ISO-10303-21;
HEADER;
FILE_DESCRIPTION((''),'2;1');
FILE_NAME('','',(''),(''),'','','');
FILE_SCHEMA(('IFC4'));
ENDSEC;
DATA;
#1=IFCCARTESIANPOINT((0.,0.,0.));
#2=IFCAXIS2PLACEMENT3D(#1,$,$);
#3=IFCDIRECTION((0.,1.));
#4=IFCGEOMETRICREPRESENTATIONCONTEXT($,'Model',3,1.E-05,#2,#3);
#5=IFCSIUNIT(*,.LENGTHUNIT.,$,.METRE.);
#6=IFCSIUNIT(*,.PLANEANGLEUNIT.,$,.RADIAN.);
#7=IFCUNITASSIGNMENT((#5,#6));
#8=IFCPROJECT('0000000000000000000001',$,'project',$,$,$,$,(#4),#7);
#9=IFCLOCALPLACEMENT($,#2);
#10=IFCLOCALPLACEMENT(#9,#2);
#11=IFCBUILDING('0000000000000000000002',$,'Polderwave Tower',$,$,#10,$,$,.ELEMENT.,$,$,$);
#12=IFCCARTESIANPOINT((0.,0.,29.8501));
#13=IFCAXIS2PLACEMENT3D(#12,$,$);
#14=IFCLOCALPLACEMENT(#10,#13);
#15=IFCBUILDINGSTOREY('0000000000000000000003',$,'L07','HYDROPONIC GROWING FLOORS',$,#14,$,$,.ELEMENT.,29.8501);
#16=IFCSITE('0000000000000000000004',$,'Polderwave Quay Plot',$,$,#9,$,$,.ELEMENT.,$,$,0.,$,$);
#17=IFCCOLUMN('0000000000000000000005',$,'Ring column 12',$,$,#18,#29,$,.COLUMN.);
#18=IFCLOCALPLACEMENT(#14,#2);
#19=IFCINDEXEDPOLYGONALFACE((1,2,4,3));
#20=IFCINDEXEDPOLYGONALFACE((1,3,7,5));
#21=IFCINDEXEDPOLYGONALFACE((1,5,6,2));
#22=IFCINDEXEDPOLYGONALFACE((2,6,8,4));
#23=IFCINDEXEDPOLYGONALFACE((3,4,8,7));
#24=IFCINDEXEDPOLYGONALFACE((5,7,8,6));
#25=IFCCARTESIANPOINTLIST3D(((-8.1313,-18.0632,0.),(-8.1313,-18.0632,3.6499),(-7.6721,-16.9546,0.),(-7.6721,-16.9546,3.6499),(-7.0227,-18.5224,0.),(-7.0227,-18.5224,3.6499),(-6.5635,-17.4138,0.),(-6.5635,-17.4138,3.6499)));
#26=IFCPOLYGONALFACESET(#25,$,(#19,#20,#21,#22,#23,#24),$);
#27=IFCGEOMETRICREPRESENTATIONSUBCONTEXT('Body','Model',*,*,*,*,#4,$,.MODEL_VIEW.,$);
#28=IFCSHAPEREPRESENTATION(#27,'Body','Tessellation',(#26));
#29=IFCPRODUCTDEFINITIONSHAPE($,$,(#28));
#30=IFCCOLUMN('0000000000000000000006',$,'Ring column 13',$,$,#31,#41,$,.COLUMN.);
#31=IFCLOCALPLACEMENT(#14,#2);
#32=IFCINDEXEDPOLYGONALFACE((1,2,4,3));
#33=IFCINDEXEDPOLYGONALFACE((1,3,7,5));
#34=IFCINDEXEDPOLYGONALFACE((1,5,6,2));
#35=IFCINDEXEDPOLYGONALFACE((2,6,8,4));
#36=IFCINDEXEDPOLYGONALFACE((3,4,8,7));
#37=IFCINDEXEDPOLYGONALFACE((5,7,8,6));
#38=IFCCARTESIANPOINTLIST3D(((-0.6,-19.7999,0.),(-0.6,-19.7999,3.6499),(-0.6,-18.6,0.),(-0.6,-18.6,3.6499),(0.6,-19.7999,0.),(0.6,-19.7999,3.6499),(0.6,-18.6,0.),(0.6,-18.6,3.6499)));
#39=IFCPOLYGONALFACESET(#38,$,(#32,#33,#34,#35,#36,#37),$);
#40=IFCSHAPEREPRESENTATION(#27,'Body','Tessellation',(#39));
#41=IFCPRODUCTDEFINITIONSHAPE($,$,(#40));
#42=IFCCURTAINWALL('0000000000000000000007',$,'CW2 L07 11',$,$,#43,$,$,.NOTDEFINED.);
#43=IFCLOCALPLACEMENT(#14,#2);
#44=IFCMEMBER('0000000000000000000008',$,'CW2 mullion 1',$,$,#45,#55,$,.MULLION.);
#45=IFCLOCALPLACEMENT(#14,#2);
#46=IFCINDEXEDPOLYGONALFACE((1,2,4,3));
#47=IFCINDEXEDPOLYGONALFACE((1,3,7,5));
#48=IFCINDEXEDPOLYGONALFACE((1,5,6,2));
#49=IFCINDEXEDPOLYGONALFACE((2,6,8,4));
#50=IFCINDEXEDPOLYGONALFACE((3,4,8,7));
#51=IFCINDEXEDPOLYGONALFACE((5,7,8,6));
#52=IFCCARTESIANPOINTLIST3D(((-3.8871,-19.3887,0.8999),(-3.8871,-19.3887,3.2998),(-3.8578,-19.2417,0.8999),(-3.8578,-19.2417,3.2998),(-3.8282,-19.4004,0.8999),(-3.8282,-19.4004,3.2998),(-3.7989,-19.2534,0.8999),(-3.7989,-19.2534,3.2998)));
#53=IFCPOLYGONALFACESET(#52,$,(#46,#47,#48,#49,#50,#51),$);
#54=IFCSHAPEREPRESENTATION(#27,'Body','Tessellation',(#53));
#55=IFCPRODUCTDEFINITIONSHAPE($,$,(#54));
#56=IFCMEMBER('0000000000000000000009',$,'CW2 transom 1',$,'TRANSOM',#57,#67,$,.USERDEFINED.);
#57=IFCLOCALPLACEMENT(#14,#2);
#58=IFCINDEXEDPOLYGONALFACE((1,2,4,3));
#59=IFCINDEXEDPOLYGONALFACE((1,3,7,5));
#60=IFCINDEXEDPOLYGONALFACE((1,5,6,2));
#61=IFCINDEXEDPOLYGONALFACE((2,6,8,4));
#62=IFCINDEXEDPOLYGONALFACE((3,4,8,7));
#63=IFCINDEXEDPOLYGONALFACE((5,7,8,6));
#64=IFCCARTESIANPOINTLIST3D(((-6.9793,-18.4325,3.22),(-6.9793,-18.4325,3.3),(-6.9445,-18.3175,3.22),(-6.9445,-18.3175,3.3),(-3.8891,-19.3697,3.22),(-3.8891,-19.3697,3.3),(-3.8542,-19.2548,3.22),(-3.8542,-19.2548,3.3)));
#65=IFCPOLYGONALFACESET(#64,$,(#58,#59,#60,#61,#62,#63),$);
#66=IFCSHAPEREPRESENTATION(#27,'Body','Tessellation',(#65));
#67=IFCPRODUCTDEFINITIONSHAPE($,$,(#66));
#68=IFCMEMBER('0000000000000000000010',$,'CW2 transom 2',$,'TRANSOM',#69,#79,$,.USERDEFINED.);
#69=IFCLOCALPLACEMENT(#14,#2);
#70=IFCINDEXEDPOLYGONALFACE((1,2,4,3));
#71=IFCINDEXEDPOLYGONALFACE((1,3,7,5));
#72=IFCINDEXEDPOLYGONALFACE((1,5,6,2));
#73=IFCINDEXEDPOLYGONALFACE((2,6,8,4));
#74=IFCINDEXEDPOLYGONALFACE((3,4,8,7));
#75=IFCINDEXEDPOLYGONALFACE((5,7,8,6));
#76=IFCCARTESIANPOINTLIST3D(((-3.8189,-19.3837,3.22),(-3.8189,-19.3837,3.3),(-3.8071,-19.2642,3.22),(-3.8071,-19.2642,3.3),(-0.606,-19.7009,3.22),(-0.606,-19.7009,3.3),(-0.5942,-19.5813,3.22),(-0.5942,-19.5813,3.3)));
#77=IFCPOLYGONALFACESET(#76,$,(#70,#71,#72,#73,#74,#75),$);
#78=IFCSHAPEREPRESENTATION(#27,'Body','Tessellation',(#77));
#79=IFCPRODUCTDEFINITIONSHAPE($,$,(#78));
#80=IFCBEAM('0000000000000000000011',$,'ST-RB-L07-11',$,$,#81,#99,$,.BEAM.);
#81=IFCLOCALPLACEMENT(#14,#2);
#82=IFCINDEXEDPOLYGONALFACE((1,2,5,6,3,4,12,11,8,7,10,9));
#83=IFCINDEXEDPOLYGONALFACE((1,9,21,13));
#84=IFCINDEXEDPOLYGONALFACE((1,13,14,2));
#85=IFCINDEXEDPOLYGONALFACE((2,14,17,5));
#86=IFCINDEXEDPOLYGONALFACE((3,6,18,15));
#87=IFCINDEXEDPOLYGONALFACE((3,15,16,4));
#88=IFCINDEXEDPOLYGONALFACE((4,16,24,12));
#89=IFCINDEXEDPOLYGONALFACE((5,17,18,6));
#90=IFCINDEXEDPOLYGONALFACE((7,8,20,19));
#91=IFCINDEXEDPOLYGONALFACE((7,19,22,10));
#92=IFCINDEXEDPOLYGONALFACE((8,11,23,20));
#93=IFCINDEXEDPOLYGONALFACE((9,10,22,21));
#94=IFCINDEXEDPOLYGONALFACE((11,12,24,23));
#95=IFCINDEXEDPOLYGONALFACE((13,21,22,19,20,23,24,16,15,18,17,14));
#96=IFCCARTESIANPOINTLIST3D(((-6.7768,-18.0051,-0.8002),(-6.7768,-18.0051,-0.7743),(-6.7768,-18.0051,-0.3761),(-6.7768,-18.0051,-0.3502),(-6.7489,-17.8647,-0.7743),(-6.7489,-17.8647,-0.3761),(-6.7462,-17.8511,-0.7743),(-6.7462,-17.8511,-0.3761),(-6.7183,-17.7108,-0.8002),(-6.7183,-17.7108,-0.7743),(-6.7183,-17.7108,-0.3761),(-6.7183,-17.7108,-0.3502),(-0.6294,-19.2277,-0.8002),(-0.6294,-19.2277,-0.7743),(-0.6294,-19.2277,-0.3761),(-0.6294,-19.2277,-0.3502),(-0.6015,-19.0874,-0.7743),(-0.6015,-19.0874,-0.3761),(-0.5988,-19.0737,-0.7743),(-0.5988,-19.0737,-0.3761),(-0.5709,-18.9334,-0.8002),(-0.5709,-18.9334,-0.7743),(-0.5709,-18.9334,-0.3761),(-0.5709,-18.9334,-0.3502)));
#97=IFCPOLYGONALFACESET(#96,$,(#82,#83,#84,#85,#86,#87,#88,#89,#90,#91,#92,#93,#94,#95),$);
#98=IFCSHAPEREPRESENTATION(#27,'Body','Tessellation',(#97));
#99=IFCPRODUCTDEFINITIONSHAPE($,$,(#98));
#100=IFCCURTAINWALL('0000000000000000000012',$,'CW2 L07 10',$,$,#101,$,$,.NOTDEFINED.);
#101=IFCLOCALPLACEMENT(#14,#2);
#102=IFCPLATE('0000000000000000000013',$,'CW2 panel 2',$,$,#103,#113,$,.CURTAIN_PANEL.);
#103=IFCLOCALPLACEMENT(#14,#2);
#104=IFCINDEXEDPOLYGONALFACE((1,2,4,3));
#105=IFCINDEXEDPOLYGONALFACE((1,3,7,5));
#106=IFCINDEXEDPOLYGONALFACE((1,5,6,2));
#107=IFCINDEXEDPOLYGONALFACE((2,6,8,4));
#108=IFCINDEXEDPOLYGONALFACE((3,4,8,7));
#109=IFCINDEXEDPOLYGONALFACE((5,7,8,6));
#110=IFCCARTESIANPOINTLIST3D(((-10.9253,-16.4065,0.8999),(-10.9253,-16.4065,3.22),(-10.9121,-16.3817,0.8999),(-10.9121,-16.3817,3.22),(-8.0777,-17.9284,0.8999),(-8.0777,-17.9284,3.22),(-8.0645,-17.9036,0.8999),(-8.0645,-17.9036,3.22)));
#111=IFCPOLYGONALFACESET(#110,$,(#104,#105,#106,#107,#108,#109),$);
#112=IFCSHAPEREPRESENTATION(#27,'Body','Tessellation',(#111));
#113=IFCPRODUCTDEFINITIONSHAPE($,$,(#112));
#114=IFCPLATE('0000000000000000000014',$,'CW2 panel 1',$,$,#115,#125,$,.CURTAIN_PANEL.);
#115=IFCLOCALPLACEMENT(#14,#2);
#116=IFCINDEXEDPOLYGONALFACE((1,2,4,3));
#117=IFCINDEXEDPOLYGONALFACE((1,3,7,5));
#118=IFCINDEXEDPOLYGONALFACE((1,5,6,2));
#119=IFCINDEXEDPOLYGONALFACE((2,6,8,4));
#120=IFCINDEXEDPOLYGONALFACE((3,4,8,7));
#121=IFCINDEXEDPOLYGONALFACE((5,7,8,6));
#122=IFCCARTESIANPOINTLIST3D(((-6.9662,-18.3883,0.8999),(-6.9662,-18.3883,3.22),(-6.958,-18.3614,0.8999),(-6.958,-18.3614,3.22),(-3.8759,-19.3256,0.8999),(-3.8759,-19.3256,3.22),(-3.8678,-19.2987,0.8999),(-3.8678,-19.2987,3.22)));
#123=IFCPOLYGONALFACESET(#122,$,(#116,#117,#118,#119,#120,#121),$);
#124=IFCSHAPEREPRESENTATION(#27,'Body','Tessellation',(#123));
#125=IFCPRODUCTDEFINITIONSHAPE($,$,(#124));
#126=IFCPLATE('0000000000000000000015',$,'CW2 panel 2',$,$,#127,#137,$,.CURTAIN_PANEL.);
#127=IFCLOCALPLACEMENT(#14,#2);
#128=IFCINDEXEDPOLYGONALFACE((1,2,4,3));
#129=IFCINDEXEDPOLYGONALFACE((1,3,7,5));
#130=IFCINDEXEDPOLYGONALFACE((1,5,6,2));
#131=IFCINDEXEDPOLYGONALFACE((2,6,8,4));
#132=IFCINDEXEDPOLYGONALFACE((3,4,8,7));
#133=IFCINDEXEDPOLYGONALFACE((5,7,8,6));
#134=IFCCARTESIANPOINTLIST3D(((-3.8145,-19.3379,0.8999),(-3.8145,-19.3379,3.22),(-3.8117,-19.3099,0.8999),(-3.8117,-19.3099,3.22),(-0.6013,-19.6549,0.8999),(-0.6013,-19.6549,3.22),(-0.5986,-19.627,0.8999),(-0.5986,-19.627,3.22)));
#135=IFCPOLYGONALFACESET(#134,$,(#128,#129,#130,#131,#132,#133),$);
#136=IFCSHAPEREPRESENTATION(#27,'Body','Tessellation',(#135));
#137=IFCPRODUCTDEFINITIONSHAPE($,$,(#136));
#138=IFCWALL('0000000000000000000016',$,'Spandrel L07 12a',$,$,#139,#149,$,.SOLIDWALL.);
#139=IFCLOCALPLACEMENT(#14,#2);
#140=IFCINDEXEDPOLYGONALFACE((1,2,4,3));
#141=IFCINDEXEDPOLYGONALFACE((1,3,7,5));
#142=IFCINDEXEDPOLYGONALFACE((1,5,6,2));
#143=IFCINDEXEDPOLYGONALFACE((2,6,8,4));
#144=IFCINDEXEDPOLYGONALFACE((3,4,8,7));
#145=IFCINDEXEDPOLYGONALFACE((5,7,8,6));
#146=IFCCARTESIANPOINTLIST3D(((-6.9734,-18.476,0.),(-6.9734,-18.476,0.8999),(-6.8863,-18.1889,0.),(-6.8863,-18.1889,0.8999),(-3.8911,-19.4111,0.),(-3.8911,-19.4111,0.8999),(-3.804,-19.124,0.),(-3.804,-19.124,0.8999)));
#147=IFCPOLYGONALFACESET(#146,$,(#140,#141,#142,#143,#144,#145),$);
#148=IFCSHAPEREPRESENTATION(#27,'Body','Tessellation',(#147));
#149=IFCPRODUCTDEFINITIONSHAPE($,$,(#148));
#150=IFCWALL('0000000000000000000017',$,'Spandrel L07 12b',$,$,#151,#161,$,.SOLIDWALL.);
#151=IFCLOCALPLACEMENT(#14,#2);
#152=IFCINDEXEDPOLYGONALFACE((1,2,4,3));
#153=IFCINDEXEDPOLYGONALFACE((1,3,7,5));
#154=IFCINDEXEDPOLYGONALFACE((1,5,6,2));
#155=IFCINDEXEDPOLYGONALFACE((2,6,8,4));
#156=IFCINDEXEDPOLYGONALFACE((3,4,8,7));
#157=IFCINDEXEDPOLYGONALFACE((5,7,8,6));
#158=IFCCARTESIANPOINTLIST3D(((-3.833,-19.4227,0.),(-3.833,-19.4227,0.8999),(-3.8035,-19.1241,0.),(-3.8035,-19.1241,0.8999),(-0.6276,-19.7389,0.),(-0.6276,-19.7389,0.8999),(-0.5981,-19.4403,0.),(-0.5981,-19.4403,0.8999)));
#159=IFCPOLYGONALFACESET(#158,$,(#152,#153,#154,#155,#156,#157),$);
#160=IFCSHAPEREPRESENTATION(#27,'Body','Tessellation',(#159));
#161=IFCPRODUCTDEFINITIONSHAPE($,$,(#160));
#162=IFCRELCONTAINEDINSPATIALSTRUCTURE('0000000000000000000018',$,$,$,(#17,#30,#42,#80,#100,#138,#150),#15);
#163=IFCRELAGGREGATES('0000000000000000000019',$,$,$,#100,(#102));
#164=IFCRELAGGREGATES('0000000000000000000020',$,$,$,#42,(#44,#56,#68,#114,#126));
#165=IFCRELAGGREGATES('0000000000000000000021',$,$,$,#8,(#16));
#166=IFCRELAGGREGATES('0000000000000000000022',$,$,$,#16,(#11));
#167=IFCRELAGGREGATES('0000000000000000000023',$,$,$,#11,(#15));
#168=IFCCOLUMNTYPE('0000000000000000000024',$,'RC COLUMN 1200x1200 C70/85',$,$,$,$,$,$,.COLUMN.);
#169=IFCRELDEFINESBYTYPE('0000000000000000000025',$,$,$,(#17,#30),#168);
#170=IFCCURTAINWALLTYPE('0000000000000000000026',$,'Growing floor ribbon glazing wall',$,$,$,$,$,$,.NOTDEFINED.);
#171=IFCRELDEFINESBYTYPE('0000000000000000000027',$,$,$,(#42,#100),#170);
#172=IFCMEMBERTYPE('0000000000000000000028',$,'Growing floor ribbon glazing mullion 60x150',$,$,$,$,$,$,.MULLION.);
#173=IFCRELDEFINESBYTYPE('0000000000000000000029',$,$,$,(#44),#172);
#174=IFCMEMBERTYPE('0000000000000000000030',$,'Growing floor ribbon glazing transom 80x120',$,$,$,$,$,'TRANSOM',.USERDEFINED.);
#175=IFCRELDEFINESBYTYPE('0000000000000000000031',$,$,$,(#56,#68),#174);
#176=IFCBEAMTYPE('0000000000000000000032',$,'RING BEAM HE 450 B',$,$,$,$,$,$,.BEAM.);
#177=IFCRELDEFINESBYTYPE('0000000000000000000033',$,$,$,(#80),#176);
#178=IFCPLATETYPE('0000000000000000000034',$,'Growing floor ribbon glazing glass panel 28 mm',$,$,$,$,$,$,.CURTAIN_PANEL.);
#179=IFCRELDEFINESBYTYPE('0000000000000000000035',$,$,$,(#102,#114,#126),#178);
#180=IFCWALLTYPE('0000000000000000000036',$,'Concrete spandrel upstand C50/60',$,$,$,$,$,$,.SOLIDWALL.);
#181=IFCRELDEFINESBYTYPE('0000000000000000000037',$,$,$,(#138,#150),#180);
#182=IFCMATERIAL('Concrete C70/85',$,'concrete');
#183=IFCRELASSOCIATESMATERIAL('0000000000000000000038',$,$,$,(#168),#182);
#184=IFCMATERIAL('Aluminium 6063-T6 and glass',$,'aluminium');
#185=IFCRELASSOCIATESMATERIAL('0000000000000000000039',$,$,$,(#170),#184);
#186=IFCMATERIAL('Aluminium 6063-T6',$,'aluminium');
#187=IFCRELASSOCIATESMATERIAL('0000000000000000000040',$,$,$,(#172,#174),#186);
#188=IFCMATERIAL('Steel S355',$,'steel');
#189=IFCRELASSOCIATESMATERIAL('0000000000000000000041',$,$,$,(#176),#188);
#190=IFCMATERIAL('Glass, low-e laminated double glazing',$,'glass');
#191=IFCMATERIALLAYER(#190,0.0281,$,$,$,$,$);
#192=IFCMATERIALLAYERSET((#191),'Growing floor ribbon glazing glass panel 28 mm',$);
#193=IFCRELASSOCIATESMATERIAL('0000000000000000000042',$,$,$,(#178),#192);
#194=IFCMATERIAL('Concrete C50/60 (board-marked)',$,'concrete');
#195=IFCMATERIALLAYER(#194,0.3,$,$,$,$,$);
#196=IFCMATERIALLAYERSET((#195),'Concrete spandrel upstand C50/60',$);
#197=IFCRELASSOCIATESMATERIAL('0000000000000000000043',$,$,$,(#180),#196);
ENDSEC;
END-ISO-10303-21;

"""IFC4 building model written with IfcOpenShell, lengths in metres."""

from ifc_helpers import new_model, si_unit, direction, frame, frame_2d, origin, origin_2d, place, context, subcontext, project, spatial, rectangle, i_section, extrude, material, layer, layer_set, material_profile, profile_set, type_object, element, aggregate, save


model = new_model("IFC4")

# Units and contexts
model_context = context("Model", 3, precision=1e-05, world=origin(), true_north=direction((0.0, 1.0)))
body_context = subcontext(model_context, "Body", "Model", "MODEL_VIEW")
ifc_project = project(units=[si_unit("LENGTHUNIT", "METRE"), si_unit("PLANEANGLEUNIT", "RADIAN")], contexts=[model_context])

# Site, building, storey
site_placement = place(None, origin())
site = spatial("IfcSite", under=ifc_project, at=site_placement, Name="Polderwave Quay Plot", CompositionType="ELEMENT", RefElevation=0.0)
building_placement = place(site_placement, origin())
building = spatial("IfcBuilding", under=site, at=building_placement, Name="Polderwave Tower", CompositionType="ELEMENT")
storey_placement = place(building_placement, frame((0.0, 0.0, 29.8501)))
storey = spatial("IfcBuildingStorey", under=building, at=storey_placement, Name="L07", Description="HYDROPONIC GROWING FLOORS", CompositionType="ELEMENT", Elevation=29.8501)

# Columns
ifc_material_1 = material(Name="Concrete C70/85", Category="concrete")
ifc_material_profile_1 = material_profile(ifc_material_1, rectangle(XDim=1.2, YDim=1.2, at=origin_2d()), Name="RC 1200x1200")
ifc_profile_set_1 = profile_set([ifc_material_profile_1], Name="Concrete C70/85")
column_type = type_object("IfcColumnType", Name="RC COLUMN 1200x1200 C70/85", PredefinedType="COLUMN", material=ifc_profile_set_1)
for number, where, z_axis, x_axis, name in (
    (1, (-7.3474, -17.7385, 0.0), (0.0, 0.0, 1.0), (-0.382683, -0.92388, 0.0), "Ring column 12"),
    (2, (0.0, -19.2, 0.0), (0.0, 0.0, 1.0), (0.0, -1.0, 0.0), "Ring column 13"),
):
    element("IfcColumn", number, at=place(storey_placement, frame(where, z_axis=z_axis, x_axis=x_axis)), inside=storey, type_object=column_type, Name=name, PredefinedType="COLUMN", context=body_context, shape_type="SweptSolid", body=[
        extrude(rectangle(XDim=1.2, YDim=1.2, at=origin_2d()), origin(), (0.0, 0.0, 1.0), 3.6499),
    ])

# Curtain wall, members
ifc_material_2 = material(Name="Aluminium 6063-T6 and glass", Category="aluminium")
curtain_wall_type = type_object("IfcCurtainWallType", Name="Growing floor ribbon glazing wall", PredefinedType="NOTDEFINED", material=ifc_material_2)
curtain_wall_1_placement = place(storey_placement, origin())
curtain_wall_1 = element("IfcCurtainWall", 3, at=curtain_wall_1_placement, inside=storey, type_object=curtain_wall_type, Name="CW2 L07 11", PredefinedType="NOTDEFINED")
ifc_material_3 = material(Name="Aluminium 6063-T6", Category="aluminium")
ifc_material_profile_2 = material_profile(ifc_material_3, rectangle(XDim=0.1499, YDim=0.0601, at=origin_2d()), Name="AL 60x150")
ifc_profile_set_2 = profile_set([ifc_material_profile_2], Name="Aluminium 6063-T6")
member_type_1 = type_object("IfcMemberType", Name="Growing floor ribbon glazing mullion 60x150", PredefinedType="MULLION", material=ifc_profile_set_2)
member_1_placement = place(storey_placement, frame((-3.843, -19.321, 0.8999), z_axis=(0.0, 0.0, 1.0), x_axis=(0.195159, 0.980772, 0.0)))
member_1 = element("IfcMember", 4, at=member_1_placement, type_object=member_type_1, Name="CW2 mullion 1", PredefinedType="MULLION", context=body_context, shape_type="SweptSolid", body=[
    extrude(rectangle(XDim=0.1499, YDim=0.0601, at=origin_2d()), origin(), (0.0, 0.0, 1.0), 2.3999),
])
ifc_material_profile_3 = material_profile(ifc_material_3, rectangle(XDim=0.1201, YDim=0.0801, at=origin_2d()), Name="AL 80x120")
ifc_profile_set_3 = profile_set([ifc_material_profile_3], Name="Aluminium 6063-T6")
member_type_2 = type_object("IfcMemberType", Name="Growing floor ribbon glazing transom 80x120", ElementType="TRANSOM", PredefinedType="USERDEFINED", material=ifc_profile_set_3)
member_2_placement = place(storey_placement, frame((-6.9619, -18.375, 3.26), z_axis=(0.956956, -0.290232, 0.0), x_axis=(0.290232, 0.956956, 0.0)))
member_2 = element("IfcMember", 5, at=member_2_placement, type_object=member_type_2, Name="CW2 transom 1", ObjectType="TRANSOM", PredefinedType="USERDEFINED", context=body_context, shape_type="SweptSolid", body=[
    extrude(rectangle(XDim=0.1201, YDim=0.0801, at=origin_2d()), origin(), (0.0, 0.0, 1.0), 3.2292),
])
member_3_placement = place(storey_placement, frame((-3.813, -19.324, 3.26), z_axis=(0.995164, -0.098231, 0.0), x_axis=(0.098231, 0.995164, 0.0)))
member_3 = element("IfcMember", 6, at=member_3_placement, type_object=member_type_2, Name="CW2 transom 2", ObjectType="TRANSOM", PredefinedType="USERDEFINED", context=body_context, shape_type="SweptSolid", body=[
    extrude(rectangle(XDim=0.1201, YDim=0.0801, at=origin_2d()), origin(), (0.0, 0.0, 1.0), 3.2285),
])

# Beam
ifc_material_4 = material(Name="Steel S355", Category="steel")
ifc_material_profile_4 = material_profile(ifc_material_4, i_section(OverallWidth=0.3, OverallDepth=0.45, WebThickness=0.0139, FlangeThickness=0.0259, at=origin_2d()), Name="HE 450 B")
ifc_profile_set_4 = profile_set([ifc_material_profile_4], Name="Steel S355")
beam_type = type_object("IfcBeamType", Name="RING BEAM HE 450 B", PredefinedType="BEAM", material=ifc_profile_set_4)
beam_placement = place(storey_placement, frame((-6.7476, -17.8579, -0.5752), z_axis=(0.98079, -0.195067, 0.0), x_axis=(0.195067, 0.98079, 0.0)))
element("IfcBeam", 7, at=beam_placement, inside=storey, type_object=beam_type, Name="ST-RB-L07-11", PredefinedType="BEAM", context=body_context, shape_type="SweptSolid", body=[
    extrude(i_section(OverallWidth=0.3, OverallDepth=0.45, WebThickness=0.0139, FlangeThickness=0.0259, at=origin_2d()), origin(), (0.0, 0.0, 1.0), 6.2678),
])

# Curtain wall, plate
curtain_wall_2_placement = place(storey_placement, origin())
curtain_wall_2 = element("IfcCurtainWall", 8, at=curtain_wall_2_placement, inside=storey, type_object=curtain_wall_type, Name="CW2 L07 10", PredefinedType="NOTDEFINED")
ifc_material_5 = material(Name="Glass, low-e laminated double glazing", Category="glass")
ifc_layer_1 = layer(ifc_material_5, 0.0281)
ifc_layer_set_1 = layer_set([ifc_layer_1], Name="Growing floor ribbon glazing glass panel 28 mm")
plate_type = type_object("IfcPlateType", Name="Growing floor ribbon glazing glass panel 28 mm", PredefinedType="CURTAIN_PANEL", material=ifc_layer_set_1)
plate_1_placement = place(storey_placement, frame((-9.4949, -17.155, 0.8999), z_axis=(0.0, 0.0, 1.0), x_axis=(0.881945, -0.471352, 0.0)))
plate_1 = element("IfcPlate", 9, at=plate_1_placement, type_object=plate_type, Name="CW2 panel 2", PredefinedType="CURTAIN_PANEL", context=body_context, shape_type="SweptSolid", body=[
    extrude(rectangle(XDim=3.2288, YDim=0.0281, at=origin_2d()), origin(), (0.0, 0.0, 1.0), 2.3201),
])
aggregate(curtain_wall_2, [plate_1])

# Plates
plate_2_placement = place(storey_placement, frame((-5.417, -18.8435, 0.8999), z_axis=(0.0, 0.0, 1.0), x_axis=(0.956952, -0.290246, 0.0)))
plate_2 = element("IfcPlate", 10, at=plate_2_placement, type_object=plate_type, Name="CW2 panel 1", PredefinedType="CURTAIN_PANEL", context=body_context, shape_type="SweptSolid", body=[
    extrude(rectangle(XDim=3.2292, YDim=0.0281, at=origin_2d()), origin(), (0.0, 0.0, 1.0), 2.3201),
])
plate_3_placement = place(storey_placement, frame((-2.2065, -19.4824, 0.8999), z_axis=(0.0, 0.0, 1.0), x_axis=(0.995167, -0.098198, 0.0)))
plate_3 = element("IfcPlate", 11, at=plate_3_placement, type_object=plate_type, Name="CW2 panel 2", PredefinedType="CURTAIN_PANEL", context=body_context, shape_type="SweptSolid", body=[
    extrude(rectangle(XDim=3.2288, YDim=0.0281, at=origin_2d()), origin(), (0.0, 0.0, 1.0), 2.3201),
])
aggregate(curtain_wall_1, [member_1, member_2, member_3, plate_2, plate_3])

# Walls
ifc_material_6 = material(Name="Concrete C50/60 (board-marked)", Category="concrete")
ifc_layer_2 = layer(ifc_material_6, 0.3)
ifc_layer_set_2 = layer_set([ifc_layer_2], Name="Concrete spandrel upstand C50/60")
wall_type_1 = type_object("IfcWallType", Name="Concrete spandrel upstand C50/60", PredefinedType="SOLIDWALL", material=ifc_layer_set_2)
for number, where, z_axis, x_axis, name in (
    (12, (-6.9297, -18.3325, 0.0), (0.0, 0.0, 1.0), (0.956935, -0.290302, 0.0), "Spandrel L07 12a"),
    (13, (-3.8181, -19.2734, 0.0), (0.0, 0.0, 1.0), (0.995171, -0.09816, 0.0), "Spandrel L07 12b"),
):
    element("IfcWall", number, at=place(storey_placement, frame(where, z_axis=z_axis, x_axis=x_axis)), inside=storey, type_object=wall_type_1, Name=name, PredefinedType="SOLIDWALL", context=body_context, shape_type="SweptSolid", body=[
        extrude(rectangle(XDim=3.2209, YDim=0.3, at=frame_2d((1.6104, 0.0))), origin(), (0.0, 0.0, 1.0), 0.8999),
    ])

save(model, "model.ifc")
